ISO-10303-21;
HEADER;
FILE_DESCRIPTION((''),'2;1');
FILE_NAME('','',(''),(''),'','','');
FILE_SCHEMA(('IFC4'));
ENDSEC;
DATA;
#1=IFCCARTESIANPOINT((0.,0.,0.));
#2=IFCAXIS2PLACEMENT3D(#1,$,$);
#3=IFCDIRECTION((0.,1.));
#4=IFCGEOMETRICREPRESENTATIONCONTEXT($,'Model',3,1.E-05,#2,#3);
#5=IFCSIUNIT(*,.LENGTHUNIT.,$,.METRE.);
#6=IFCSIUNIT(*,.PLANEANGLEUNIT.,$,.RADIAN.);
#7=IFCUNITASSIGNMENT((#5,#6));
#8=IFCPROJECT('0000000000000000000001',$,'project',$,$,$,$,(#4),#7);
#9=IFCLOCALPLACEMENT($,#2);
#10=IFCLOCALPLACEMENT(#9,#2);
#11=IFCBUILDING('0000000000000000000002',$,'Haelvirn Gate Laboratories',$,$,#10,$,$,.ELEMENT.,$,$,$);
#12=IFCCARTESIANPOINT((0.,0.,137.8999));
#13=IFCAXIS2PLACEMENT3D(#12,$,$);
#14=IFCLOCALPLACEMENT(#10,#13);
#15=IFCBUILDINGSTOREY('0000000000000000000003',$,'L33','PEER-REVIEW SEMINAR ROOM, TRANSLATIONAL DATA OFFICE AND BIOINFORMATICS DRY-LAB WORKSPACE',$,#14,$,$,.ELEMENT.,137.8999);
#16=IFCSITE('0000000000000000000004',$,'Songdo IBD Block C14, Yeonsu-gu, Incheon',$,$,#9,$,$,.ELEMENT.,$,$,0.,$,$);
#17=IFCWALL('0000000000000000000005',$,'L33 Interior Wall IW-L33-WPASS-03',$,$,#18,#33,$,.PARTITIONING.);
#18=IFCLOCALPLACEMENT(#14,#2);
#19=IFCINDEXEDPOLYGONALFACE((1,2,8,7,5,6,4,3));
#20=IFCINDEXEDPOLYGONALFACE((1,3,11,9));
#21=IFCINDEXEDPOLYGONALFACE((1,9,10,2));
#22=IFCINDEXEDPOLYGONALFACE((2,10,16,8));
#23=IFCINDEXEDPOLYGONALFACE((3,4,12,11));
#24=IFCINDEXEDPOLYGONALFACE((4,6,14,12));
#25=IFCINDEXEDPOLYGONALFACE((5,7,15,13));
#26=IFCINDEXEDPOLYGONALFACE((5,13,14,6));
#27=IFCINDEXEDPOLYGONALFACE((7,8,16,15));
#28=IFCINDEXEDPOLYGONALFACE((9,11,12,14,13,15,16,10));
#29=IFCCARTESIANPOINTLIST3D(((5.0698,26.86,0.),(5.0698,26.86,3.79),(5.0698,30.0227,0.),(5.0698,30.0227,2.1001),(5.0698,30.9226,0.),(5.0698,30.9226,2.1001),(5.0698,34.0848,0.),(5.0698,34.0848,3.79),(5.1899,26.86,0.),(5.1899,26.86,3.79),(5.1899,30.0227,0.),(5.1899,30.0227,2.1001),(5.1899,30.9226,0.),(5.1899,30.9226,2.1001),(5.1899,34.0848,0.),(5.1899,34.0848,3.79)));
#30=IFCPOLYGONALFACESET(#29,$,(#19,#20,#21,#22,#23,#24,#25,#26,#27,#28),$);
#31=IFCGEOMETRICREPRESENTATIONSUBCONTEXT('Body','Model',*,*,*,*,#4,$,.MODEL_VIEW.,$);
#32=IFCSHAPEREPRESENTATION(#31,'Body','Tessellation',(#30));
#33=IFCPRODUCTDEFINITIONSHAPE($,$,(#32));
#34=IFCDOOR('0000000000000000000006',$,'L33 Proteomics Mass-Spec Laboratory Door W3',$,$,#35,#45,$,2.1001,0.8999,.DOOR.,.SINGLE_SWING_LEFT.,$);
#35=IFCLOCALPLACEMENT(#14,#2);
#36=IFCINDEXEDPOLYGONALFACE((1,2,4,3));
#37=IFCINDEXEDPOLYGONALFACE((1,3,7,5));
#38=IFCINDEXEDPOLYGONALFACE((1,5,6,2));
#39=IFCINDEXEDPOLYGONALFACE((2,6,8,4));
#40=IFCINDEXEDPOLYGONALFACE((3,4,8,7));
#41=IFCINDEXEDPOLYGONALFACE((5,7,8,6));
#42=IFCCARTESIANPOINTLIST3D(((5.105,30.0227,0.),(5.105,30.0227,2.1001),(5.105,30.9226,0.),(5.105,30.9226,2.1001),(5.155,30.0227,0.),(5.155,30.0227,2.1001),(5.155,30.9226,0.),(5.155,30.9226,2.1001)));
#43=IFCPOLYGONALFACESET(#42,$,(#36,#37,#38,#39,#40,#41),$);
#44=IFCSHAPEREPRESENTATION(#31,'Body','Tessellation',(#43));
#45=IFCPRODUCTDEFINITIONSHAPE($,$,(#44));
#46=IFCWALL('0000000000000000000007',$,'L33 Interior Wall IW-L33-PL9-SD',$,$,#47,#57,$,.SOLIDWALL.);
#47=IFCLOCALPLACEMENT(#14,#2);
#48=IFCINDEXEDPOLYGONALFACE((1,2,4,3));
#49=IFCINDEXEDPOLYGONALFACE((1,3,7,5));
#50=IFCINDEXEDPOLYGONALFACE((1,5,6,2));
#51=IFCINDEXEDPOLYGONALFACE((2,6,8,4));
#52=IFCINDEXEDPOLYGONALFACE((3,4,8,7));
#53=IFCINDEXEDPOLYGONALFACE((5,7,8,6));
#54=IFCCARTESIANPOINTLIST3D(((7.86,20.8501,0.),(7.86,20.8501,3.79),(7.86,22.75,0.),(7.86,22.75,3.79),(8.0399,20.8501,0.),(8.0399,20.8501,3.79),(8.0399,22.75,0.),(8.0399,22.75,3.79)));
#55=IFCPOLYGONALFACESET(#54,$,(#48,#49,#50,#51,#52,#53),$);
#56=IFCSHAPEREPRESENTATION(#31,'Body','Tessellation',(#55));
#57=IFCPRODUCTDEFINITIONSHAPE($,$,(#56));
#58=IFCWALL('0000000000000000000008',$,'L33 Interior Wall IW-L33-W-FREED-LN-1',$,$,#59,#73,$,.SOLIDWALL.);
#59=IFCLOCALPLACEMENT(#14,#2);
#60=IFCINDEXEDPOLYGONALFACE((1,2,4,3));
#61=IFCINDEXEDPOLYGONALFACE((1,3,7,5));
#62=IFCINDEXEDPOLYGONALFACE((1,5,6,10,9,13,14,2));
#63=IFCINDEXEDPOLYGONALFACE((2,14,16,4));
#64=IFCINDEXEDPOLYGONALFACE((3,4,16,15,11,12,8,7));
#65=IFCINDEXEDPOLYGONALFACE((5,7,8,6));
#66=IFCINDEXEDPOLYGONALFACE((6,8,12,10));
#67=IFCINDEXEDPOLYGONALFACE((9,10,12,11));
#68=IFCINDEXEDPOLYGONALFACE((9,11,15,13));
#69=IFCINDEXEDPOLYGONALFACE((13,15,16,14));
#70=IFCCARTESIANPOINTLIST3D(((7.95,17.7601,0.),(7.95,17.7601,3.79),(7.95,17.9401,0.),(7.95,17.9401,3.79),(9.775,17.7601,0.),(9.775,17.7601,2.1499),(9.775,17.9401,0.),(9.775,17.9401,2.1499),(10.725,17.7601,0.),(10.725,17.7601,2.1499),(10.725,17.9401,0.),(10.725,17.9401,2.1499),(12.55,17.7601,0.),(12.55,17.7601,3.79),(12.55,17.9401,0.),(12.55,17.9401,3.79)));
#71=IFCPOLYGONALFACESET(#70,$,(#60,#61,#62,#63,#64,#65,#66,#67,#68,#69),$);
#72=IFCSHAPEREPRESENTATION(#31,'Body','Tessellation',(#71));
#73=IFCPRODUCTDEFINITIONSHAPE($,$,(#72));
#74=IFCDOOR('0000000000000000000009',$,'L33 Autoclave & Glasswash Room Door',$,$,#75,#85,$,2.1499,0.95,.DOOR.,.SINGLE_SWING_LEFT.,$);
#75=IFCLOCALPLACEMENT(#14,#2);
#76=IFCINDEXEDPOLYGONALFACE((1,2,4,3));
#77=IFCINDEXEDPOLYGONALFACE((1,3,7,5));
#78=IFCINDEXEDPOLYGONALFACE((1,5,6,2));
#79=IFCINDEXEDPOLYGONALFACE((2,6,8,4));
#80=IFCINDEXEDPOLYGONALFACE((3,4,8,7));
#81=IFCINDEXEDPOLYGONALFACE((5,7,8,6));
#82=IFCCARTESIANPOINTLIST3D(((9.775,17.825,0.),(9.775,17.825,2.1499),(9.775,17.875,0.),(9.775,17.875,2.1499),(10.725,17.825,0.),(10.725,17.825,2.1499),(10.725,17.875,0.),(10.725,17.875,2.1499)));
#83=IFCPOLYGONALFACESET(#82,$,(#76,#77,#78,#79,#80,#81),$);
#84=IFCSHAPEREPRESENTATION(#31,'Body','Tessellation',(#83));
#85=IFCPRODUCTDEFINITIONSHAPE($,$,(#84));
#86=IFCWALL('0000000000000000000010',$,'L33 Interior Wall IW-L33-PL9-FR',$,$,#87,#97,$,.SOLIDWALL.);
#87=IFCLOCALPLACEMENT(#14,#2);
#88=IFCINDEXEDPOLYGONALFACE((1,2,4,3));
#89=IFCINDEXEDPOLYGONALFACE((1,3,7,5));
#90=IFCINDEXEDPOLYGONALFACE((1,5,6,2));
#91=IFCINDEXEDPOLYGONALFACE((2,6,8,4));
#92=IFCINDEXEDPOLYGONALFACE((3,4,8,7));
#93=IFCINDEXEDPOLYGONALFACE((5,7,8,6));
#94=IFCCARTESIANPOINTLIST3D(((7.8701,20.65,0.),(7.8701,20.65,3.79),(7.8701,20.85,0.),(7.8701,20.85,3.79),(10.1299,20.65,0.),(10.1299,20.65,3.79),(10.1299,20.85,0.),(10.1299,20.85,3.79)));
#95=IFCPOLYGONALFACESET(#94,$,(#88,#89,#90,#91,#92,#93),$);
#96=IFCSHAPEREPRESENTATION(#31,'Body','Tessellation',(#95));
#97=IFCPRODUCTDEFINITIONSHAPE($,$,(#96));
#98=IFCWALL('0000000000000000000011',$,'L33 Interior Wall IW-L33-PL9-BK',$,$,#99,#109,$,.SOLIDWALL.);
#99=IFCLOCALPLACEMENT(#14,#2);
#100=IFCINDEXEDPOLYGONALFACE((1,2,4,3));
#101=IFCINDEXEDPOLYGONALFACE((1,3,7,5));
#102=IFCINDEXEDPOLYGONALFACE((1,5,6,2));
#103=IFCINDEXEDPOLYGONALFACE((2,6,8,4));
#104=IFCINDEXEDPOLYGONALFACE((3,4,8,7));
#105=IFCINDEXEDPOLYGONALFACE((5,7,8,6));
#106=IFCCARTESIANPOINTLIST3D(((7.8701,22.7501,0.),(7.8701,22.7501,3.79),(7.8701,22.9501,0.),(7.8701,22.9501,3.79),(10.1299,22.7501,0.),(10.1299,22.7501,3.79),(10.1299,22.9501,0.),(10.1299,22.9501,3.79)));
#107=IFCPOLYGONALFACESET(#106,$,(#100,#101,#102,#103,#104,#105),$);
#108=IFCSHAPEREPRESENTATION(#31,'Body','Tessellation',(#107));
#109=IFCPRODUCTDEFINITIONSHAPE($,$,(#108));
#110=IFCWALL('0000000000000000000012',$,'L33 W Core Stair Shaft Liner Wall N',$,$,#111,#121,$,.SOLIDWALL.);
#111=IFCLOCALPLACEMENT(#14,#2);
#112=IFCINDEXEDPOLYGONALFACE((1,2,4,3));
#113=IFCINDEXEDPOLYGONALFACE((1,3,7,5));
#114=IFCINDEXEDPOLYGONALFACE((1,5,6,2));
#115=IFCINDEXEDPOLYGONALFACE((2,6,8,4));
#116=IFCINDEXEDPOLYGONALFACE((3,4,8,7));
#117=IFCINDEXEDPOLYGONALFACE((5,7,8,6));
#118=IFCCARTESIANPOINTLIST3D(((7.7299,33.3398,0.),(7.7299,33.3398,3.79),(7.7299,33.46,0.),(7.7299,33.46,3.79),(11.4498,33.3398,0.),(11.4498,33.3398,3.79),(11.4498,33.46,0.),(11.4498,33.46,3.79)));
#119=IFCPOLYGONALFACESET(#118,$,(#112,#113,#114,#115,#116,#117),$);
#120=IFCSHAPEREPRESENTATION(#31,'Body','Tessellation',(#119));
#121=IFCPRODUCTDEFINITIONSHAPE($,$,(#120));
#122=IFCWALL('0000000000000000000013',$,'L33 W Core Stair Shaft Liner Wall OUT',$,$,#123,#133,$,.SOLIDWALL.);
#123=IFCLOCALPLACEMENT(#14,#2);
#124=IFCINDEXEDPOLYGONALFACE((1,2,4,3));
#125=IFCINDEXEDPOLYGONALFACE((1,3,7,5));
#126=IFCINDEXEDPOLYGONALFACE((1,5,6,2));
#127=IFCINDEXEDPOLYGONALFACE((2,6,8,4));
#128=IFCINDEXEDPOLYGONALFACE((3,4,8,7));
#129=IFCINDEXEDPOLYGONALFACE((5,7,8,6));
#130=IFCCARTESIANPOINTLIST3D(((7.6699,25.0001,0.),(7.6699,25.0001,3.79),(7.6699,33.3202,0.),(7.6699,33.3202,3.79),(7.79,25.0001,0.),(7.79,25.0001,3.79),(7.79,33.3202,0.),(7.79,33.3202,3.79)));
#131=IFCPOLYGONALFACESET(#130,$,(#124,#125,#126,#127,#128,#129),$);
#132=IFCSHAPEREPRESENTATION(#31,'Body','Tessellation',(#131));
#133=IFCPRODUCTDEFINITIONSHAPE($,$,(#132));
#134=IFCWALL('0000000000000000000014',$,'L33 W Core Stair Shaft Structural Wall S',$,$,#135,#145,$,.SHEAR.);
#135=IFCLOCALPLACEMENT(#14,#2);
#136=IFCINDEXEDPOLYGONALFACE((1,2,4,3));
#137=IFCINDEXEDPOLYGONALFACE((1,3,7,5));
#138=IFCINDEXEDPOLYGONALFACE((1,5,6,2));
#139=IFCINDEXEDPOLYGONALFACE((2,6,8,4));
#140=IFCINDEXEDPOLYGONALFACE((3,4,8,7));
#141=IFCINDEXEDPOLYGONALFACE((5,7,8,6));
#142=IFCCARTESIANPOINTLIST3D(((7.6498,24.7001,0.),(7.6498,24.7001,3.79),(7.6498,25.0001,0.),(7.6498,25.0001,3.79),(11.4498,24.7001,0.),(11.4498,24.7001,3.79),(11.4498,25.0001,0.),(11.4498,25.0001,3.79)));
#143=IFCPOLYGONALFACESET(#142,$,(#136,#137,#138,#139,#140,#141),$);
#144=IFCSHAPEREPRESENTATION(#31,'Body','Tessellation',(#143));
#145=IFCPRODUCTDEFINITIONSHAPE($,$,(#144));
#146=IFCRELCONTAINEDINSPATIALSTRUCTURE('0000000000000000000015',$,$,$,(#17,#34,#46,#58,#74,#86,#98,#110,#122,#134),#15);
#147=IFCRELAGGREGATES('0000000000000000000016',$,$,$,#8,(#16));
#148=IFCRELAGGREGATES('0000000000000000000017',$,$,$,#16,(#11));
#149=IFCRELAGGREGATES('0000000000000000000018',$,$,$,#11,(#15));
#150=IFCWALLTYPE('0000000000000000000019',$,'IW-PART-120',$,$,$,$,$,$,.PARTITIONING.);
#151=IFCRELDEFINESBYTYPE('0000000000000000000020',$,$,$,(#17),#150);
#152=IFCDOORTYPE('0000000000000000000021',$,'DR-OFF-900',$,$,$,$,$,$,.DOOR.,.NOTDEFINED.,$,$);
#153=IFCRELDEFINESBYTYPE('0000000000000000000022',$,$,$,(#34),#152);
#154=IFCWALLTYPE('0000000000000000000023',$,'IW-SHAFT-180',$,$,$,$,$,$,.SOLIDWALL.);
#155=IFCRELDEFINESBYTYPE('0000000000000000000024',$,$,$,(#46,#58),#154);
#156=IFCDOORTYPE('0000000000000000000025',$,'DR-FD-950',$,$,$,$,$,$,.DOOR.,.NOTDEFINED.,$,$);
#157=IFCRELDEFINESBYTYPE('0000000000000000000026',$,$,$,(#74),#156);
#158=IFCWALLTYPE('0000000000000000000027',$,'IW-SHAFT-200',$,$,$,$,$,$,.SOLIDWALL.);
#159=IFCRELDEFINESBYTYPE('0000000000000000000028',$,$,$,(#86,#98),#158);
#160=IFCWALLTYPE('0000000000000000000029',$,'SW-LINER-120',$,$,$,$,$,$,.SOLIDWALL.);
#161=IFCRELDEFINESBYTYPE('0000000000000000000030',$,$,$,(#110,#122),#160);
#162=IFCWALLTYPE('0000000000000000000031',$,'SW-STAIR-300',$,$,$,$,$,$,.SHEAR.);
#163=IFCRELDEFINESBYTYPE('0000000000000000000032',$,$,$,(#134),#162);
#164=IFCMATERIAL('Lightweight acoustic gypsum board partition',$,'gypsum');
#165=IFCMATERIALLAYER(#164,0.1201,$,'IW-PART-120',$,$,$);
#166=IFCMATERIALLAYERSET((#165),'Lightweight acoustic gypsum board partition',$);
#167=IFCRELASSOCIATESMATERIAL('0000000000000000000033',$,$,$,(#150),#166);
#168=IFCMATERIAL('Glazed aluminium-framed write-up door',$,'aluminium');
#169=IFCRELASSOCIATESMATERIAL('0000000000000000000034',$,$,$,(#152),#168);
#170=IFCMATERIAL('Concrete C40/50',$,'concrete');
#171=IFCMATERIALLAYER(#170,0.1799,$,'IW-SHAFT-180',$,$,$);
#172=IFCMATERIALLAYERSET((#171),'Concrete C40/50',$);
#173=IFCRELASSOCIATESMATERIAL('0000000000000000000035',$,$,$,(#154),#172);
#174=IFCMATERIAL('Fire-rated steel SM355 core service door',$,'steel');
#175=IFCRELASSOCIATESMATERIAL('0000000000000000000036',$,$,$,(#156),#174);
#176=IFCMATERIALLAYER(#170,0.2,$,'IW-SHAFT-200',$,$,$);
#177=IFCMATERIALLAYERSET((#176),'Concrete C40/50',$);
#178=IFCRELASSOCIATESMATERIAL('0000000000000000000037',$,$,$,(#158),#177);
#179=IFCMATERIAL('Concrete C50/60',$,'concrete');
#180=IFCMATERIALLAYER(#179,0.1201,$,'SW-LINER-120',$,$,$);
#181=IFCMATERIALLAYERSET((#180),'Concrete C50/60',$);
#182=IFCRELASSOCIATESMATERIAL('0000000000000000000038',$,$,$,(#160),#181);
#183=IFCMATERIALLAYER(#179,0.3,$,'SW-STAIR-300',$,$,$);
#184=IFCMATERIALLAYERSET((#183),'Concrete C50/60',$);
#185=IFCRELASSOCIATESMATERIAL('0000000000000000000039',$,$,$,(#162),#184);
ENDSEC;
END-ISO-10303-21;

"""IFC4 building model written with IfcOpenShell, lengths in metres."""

from ifc_helpers import new_model, si_unit, direction, frame, frame_2d, origin, place, context, subcontext, project, spatial, rectangle, extrude, source, transform, mapped, material, layer, layer_set, type_object, type_shapes, element, fill, save


model = new_model("IFC4")

# Units and contexts
model_context = context("Model", 3, precision=1e-05, world=origin(), true_north=direction((0.0, 1.0)))
body_context = subcontext(model_context, "Body", "Model", "MODEL_VIEW")
ifc_project = project(units=[si_unit("LENGTHUNIT", "METRE"), si_unit("PLANEANGLEUNIT", "RADIAN")], contexts=[model_context])

# Site, building, storey
site_placement = place(None, origin())
site = spatial("IfcSite", under=ifc_project, at=site_placement, Name="Songdo IBD Block C14, Yeonsu-gu, Incheon", CompositionType="ELEMENT", RefElevation=0.0)
building_placement = place(site_placement, origin())
building = spatial("IfcBuilding", under=site, at=building_placement, Name="Haelvirn Gate Laboratories", CompositionType="ELEMENT")
storey_placement = place(building_placement, frame((0.0, 0.0, 137.8999)))
storey = spatial("IfcBuildingStorey", under=building, at=storey_placement, Name="L33", Description="PEER-REVIEW SEMINAR ROOM, TRANSLATIONAL DATA OFFICE AND BIOINFORMATICS DRY-LAB WORKSPACE", CompositionType="ELEMENT", Elevation=137.8999)

# Shared definitions
ifc_material_1 = material(Name="Lightweight acoustic gypsum board partition", Category="gypsum")
ifc_layer_1 = layer(ifc_material_1, 0.1201, Name="IW-PART-120")
ifc_layer_set_1 = layer_set([ifc_layer_1], Name="Lightweight acoustic gypsum board partition")
wall_type_1 = type_object("IfcWallType", Name="IW-PART-120", PredefinedType="PARTITIONING", material=ifc_layer_set_1)

# Shared definitions
ifc_material_2 = material(Name="Glazed aluminium-framed write-up door", Category="aluminium")
door_type_1 = type_object("IfcDoorType", Name="DR-OFF-900", OperationType="NOTDEFINED", PredefinedType="DOOR", material=ifc_material_2)
shared_shape_1 = source(origin(), body_context, "Body", "SweptSolid", [
    extrude(rectangle(XDim=0.8999, YDim=2.1001, at=frame_2d((0.45, 1.05))), frame((0.0, 0.0249, 0.0), z_axis=(0.0, -1.0, 0.0), x_axis=(1.0, 0.0, 0.0)), (0.0, 0.0, 1.0), 0.05),
])
type_shapes(door_type_1, [shared_shape_1])

# Wall, opening, door
wall_1_placement = place(storey_placement, frame((5.1299, 26.8601, 0.0), z_axis=(0.0, 0.0, 1.0), x_axis=(0.0, 1.0, 0.0)))
wall_1 = element("IfcWall", 1, at=wall_1_placement, inside=storey, type_object=wall_type_1, Name="L33 Interior Wall IW-L33-WPASS-03", PredefinedType="PARTITIONING", context=body_context, shape_type="SweptSolid", body=[
    extrude(rectangle(XDim=7.2249, YDim=0.1201, at=frame_2d((3.6123, 0.0))), origin(), (0.0, 0.0, 1.0), 3.79),
])
opening_1_placement = place(wall_1_placement, frame((3.1626, 0.0, 0.0)))
opening_1 = element("IfcOpeningElement", 2, at=opening_1_placement, cuts=wall_1, PredefinedType="OPENING", context=body_context, shape_type="SweptSolid", body=[
    extrude(rectangle(XDim=0.8999, YDim=2.1001, at=frame_2d((0.45, 1.05))), frame((0.0, 0.0701, 0.0), z_axis=(0.0, -1.0, 0.0), x_axis=(1.0, 0.0, 0.0)), (0.0, 0.0, 1.0), 0.1401),
])
door_1_placement = place(opening_1_placement, origin())
door_1 = element("IfcDoor", 3, at=door_1_placement, inside=storey, type_object=door_type_1, Name="L33 Proteomics Mass-Spec Laboratory Door W3", OperationType="SINGLE_SWING_LEFT", OverallHeight=2.1001, OverallWidth=0.8999, PredefinedType="DOOR", context=body_context, shape_type="MappedRepresentation", body=[
    mapped(shared_shape_1, transform((0.0, 0.0, 0.0), scale=1.0)),
])
fill(opening_1, door_1)

# Wall
ifc_material_3 = material(Name="Concrete C40/50", Category="concrete")
ifc_layer_2 = layer(ifc_material_3, 0.1799, Name="IW-SHAFT-180")
ifc_layer_set_2 = layer_set([ifc_layer_2], Name="Concrete C40/50")
wall_type_2 = type_object("IfcWallType", Name="IW-SHAFT-180", PredefinedType="SOLIDWALL", material=ifc_layer_set_2)
wall_2_placement = place(storey_placement, frame((7.95, 20.8501, 0.0), z_axis=(0.0, 0.0, 1.0), x_axis=(0.0, 1.0, 0.0)))
element("IfcWall", 4, at=wall_2_placement, inside=storey, type_object=wall_type_2, Name="L33 Interior Wall IW-L33-PL9-SD", PredefinedType="SOLIDWALL", context=body_context, shape_type="SweptSolid", body=[
    extrude(rectangle(XDim=1.8999, YDim=0.1799, at=frame_2d((0.95, 0.0))), origin(), (0.0, 0.0, 1.0), 3.79),
])

# Wall, opening, door
wall_3_placement = place(storey_placement, frame((7.95, 17.8501, 0.0), z_axis=(0.0, 0.0, 1.0), x_axis=(1.0, 0.0, 0.0)))
wall_3 = element("IfcWall", 5, at=wall_3_placement, inside=storey, type_object=wall_type_2, Name="L33 Interior Wall IW-L33-W-FREED-LN-1", PredefinedType="SOLIDWALL", context=body_context, shape_type="SweptSolid", body=[
    extrude(rectangle(XDim=4.6001, YDim=0.1799, at=frame_2d((2.3, 0.0))), origin(), (0.0, 0.0, 1.0), 3.79),
])
opening_2_placement = place(wall_3_placement, frame((1.825, 0.0, 0.0)))
opening_2 = element("IfcOpeningElement", 6, at=opening_2_placement, cuts=wall_3, PredefinedType="OPENING", context=body_context, shape_type="SweptSolid", body=[
    extrude(rectangle(XDim=0.95, YDim=2.1499, at=frame_2d((0.4751, 1.075))), frame((0.0, 0.1001, 0.0), z_axis=(0.0, -1.0, 0.0), x_axis=(1.0, 0.0, 0.0)), (0.0, 0.0, 1.0), 0.2),
])
ifc_material_4 = material(Name="Fire-rated steel SM355 core service door", Category="steel")
door_type_2 = type_object("IfcDoorType", Name="DR-FD-950", OperationType="NOTDEFINED", PredefinedType="DOOR", material=ifc_material_4)
shared_shape_2 = source(origin(), body_context, "Body", "SweptSolid", [
    extrude(rectangle(XDim=0.95, YDim=2.1499, at=frame_2d((0.4751, 1.075))), frame((0.0, 0.0249, 0.0), z_axis=(0.0, -1.0, 0.0), x_axis=(1.0, 0.0, 0.0)), (0.0, 0.0, 1.0), 0.05),
])
type_shapes(door_type_2, [shared_shape_2])
door_2_placement = place(opening_2_placement, origin())
door_2 = element("IfcDoor", 7, at=door_2_placement, inside=storey, type_object=door_type_2, Name="L33 Autoclave & Glasswash Room Door", OperationType="SINGLE_SWING_LEFT", OverallHeight=2.1499, OverallWidth=0.95, PredefinedType="DOOR", context=body_context, shape_type="MappedRepresentation", body=[
    mapped(shared_shape_2, transform((0.0, 0.0, 0.0), scale=1.0)),
])
fill(opening_2, door_2)

# Walls
ifc_layer_3 = layer(ifc_material_3, 0.2, Name="IW-SHAFT-200")
ifc_layer_set_3 = layer_set([ifc_layer_3], Name="Concrete C40/50")
wall_type_3 = type_object("IfcWallType", Name="IW-SHAFT-200", PredefinedType="SOLIDWALL", material=ifc_layer_set_3)
for number, where, z_axis, x_axis, name in (
    (8, (7.8701, 20.75, 0.0), (0.0, 0.0, 1.0), (1.0, 0.0, 0.0), "L33 Interior Wall IW-L33-PL9-FR"),
    (9, (7.8701, 22.8501, 0.0), (0.0, 0.0, 1.0), (1.0, 0.0, 0.0), "L33 Interior Wall IW-L33-PL9-BK"),
):
    element("IfcWall", number, at=place(storey_placement, frame(where, z_axis=z_axis, x_axis=x_axis)), inside=storey, type_object=wall_type_3, Name=name, PredefinedType="SOLIDWALL", context=body_context, shape_type="SweptSolid", body=[
        extrude(rectangle(XDim=2.2598, YDim=0.2, at=frame_2d((1.1299, 0.0))), origin(), (0.0, 0.0, 1.0), 3.79),
    ])

# Walls
ifc_material_5 = material(Name="Concrete C50/60", Category="concrete")
ifc_layer_4 = layer(ifc_material_5, 0.1201, Name="SW-LINER-120")
ifc_layer_set_4 = layer_set([ifc_layer_4], Name="Concrete C50/60")
wall_type_4 = type_object("IfcWallType", Name="SW-LINER-120", PredefinedType="SOLIDWALL", material=ifc_layer_set_4)
wall_4_placement = place(storey_placement, frame((7.73, 33.3999, 0.0), z_axis=(0.0, 0.0, 1.0), x_axis=(1.0, 0.0, 0.0)))
element("IfcWall", 10, at=wall_4_placement, inside=storey, type_object=wall_type_4, Name="L33 W Core Stair Shaft Liner Wall N", PredefinedType="SOLIDWALL", context=body_context, shape_type="SweptSolid", body=[
    extrude(rectangle(XDim=3.72, YDim=0.1201, at=frame_2d((1.8599, 0.0))), origin(), (0.0, 0.0, 1.0), 3.79),
])
wall_5_placement = place(storey_placement, frame((7.73, 25.0, 0.0), z_axis=(0.0, 0.0, 1.0), x_axis=(0.0, 1.0, 0.0)))
element("IfcWall", 11, at=wall_5_placement, inside=storey, type_object=wall_type_4, Name="L33 W Core Stair Shaft Liner Wall OUT", PredefinedType="SOLIDWALL", context=body_context, shape_type="SweptSolid", body=[
    extrude(rectangle(XDim=8.3201, YDim=0.1201, at=frame_2d((4.1602, 0.0))), origin(), (0.0, 0.0, 1.0), 3.79),
])
ifc_layer_5 = layer(ifc_material_5, 0.3, Name="SW-STAIR-300")
ifc_layer_set_5 = layer_set([ifc_layer_5], Name="Concrete C50/60")
wall_type_5 = type_object("IfcWallType", Name="SW-STAIR-300", PredefinedType="SHEAR", material=ifc_layer_set_5)
wall_6_placement = place(storey_placement, frame((7.6499, 24.8501, 0.0), z_axis=(0.0, 0.0, 1.0), x_axis=(1.0, 0.0, 0.0)))
element("IfcWall", 12, at=wall_6_placement, inside=storey, type_object=wall_type_5, Name="L33 W Core Stair Shaft Structural Wall S", PredefinedType="SHEAR", context=body_context, shape_type="SweptSolid", body=[
    extrude(rectangle(XDim=3.8, YDim=0.3, at=frame_2d((1.8999, 0.0))), origin(), (0.0, 0.0, 1.0), 3.79),
])

save(model, "model.ifc")
